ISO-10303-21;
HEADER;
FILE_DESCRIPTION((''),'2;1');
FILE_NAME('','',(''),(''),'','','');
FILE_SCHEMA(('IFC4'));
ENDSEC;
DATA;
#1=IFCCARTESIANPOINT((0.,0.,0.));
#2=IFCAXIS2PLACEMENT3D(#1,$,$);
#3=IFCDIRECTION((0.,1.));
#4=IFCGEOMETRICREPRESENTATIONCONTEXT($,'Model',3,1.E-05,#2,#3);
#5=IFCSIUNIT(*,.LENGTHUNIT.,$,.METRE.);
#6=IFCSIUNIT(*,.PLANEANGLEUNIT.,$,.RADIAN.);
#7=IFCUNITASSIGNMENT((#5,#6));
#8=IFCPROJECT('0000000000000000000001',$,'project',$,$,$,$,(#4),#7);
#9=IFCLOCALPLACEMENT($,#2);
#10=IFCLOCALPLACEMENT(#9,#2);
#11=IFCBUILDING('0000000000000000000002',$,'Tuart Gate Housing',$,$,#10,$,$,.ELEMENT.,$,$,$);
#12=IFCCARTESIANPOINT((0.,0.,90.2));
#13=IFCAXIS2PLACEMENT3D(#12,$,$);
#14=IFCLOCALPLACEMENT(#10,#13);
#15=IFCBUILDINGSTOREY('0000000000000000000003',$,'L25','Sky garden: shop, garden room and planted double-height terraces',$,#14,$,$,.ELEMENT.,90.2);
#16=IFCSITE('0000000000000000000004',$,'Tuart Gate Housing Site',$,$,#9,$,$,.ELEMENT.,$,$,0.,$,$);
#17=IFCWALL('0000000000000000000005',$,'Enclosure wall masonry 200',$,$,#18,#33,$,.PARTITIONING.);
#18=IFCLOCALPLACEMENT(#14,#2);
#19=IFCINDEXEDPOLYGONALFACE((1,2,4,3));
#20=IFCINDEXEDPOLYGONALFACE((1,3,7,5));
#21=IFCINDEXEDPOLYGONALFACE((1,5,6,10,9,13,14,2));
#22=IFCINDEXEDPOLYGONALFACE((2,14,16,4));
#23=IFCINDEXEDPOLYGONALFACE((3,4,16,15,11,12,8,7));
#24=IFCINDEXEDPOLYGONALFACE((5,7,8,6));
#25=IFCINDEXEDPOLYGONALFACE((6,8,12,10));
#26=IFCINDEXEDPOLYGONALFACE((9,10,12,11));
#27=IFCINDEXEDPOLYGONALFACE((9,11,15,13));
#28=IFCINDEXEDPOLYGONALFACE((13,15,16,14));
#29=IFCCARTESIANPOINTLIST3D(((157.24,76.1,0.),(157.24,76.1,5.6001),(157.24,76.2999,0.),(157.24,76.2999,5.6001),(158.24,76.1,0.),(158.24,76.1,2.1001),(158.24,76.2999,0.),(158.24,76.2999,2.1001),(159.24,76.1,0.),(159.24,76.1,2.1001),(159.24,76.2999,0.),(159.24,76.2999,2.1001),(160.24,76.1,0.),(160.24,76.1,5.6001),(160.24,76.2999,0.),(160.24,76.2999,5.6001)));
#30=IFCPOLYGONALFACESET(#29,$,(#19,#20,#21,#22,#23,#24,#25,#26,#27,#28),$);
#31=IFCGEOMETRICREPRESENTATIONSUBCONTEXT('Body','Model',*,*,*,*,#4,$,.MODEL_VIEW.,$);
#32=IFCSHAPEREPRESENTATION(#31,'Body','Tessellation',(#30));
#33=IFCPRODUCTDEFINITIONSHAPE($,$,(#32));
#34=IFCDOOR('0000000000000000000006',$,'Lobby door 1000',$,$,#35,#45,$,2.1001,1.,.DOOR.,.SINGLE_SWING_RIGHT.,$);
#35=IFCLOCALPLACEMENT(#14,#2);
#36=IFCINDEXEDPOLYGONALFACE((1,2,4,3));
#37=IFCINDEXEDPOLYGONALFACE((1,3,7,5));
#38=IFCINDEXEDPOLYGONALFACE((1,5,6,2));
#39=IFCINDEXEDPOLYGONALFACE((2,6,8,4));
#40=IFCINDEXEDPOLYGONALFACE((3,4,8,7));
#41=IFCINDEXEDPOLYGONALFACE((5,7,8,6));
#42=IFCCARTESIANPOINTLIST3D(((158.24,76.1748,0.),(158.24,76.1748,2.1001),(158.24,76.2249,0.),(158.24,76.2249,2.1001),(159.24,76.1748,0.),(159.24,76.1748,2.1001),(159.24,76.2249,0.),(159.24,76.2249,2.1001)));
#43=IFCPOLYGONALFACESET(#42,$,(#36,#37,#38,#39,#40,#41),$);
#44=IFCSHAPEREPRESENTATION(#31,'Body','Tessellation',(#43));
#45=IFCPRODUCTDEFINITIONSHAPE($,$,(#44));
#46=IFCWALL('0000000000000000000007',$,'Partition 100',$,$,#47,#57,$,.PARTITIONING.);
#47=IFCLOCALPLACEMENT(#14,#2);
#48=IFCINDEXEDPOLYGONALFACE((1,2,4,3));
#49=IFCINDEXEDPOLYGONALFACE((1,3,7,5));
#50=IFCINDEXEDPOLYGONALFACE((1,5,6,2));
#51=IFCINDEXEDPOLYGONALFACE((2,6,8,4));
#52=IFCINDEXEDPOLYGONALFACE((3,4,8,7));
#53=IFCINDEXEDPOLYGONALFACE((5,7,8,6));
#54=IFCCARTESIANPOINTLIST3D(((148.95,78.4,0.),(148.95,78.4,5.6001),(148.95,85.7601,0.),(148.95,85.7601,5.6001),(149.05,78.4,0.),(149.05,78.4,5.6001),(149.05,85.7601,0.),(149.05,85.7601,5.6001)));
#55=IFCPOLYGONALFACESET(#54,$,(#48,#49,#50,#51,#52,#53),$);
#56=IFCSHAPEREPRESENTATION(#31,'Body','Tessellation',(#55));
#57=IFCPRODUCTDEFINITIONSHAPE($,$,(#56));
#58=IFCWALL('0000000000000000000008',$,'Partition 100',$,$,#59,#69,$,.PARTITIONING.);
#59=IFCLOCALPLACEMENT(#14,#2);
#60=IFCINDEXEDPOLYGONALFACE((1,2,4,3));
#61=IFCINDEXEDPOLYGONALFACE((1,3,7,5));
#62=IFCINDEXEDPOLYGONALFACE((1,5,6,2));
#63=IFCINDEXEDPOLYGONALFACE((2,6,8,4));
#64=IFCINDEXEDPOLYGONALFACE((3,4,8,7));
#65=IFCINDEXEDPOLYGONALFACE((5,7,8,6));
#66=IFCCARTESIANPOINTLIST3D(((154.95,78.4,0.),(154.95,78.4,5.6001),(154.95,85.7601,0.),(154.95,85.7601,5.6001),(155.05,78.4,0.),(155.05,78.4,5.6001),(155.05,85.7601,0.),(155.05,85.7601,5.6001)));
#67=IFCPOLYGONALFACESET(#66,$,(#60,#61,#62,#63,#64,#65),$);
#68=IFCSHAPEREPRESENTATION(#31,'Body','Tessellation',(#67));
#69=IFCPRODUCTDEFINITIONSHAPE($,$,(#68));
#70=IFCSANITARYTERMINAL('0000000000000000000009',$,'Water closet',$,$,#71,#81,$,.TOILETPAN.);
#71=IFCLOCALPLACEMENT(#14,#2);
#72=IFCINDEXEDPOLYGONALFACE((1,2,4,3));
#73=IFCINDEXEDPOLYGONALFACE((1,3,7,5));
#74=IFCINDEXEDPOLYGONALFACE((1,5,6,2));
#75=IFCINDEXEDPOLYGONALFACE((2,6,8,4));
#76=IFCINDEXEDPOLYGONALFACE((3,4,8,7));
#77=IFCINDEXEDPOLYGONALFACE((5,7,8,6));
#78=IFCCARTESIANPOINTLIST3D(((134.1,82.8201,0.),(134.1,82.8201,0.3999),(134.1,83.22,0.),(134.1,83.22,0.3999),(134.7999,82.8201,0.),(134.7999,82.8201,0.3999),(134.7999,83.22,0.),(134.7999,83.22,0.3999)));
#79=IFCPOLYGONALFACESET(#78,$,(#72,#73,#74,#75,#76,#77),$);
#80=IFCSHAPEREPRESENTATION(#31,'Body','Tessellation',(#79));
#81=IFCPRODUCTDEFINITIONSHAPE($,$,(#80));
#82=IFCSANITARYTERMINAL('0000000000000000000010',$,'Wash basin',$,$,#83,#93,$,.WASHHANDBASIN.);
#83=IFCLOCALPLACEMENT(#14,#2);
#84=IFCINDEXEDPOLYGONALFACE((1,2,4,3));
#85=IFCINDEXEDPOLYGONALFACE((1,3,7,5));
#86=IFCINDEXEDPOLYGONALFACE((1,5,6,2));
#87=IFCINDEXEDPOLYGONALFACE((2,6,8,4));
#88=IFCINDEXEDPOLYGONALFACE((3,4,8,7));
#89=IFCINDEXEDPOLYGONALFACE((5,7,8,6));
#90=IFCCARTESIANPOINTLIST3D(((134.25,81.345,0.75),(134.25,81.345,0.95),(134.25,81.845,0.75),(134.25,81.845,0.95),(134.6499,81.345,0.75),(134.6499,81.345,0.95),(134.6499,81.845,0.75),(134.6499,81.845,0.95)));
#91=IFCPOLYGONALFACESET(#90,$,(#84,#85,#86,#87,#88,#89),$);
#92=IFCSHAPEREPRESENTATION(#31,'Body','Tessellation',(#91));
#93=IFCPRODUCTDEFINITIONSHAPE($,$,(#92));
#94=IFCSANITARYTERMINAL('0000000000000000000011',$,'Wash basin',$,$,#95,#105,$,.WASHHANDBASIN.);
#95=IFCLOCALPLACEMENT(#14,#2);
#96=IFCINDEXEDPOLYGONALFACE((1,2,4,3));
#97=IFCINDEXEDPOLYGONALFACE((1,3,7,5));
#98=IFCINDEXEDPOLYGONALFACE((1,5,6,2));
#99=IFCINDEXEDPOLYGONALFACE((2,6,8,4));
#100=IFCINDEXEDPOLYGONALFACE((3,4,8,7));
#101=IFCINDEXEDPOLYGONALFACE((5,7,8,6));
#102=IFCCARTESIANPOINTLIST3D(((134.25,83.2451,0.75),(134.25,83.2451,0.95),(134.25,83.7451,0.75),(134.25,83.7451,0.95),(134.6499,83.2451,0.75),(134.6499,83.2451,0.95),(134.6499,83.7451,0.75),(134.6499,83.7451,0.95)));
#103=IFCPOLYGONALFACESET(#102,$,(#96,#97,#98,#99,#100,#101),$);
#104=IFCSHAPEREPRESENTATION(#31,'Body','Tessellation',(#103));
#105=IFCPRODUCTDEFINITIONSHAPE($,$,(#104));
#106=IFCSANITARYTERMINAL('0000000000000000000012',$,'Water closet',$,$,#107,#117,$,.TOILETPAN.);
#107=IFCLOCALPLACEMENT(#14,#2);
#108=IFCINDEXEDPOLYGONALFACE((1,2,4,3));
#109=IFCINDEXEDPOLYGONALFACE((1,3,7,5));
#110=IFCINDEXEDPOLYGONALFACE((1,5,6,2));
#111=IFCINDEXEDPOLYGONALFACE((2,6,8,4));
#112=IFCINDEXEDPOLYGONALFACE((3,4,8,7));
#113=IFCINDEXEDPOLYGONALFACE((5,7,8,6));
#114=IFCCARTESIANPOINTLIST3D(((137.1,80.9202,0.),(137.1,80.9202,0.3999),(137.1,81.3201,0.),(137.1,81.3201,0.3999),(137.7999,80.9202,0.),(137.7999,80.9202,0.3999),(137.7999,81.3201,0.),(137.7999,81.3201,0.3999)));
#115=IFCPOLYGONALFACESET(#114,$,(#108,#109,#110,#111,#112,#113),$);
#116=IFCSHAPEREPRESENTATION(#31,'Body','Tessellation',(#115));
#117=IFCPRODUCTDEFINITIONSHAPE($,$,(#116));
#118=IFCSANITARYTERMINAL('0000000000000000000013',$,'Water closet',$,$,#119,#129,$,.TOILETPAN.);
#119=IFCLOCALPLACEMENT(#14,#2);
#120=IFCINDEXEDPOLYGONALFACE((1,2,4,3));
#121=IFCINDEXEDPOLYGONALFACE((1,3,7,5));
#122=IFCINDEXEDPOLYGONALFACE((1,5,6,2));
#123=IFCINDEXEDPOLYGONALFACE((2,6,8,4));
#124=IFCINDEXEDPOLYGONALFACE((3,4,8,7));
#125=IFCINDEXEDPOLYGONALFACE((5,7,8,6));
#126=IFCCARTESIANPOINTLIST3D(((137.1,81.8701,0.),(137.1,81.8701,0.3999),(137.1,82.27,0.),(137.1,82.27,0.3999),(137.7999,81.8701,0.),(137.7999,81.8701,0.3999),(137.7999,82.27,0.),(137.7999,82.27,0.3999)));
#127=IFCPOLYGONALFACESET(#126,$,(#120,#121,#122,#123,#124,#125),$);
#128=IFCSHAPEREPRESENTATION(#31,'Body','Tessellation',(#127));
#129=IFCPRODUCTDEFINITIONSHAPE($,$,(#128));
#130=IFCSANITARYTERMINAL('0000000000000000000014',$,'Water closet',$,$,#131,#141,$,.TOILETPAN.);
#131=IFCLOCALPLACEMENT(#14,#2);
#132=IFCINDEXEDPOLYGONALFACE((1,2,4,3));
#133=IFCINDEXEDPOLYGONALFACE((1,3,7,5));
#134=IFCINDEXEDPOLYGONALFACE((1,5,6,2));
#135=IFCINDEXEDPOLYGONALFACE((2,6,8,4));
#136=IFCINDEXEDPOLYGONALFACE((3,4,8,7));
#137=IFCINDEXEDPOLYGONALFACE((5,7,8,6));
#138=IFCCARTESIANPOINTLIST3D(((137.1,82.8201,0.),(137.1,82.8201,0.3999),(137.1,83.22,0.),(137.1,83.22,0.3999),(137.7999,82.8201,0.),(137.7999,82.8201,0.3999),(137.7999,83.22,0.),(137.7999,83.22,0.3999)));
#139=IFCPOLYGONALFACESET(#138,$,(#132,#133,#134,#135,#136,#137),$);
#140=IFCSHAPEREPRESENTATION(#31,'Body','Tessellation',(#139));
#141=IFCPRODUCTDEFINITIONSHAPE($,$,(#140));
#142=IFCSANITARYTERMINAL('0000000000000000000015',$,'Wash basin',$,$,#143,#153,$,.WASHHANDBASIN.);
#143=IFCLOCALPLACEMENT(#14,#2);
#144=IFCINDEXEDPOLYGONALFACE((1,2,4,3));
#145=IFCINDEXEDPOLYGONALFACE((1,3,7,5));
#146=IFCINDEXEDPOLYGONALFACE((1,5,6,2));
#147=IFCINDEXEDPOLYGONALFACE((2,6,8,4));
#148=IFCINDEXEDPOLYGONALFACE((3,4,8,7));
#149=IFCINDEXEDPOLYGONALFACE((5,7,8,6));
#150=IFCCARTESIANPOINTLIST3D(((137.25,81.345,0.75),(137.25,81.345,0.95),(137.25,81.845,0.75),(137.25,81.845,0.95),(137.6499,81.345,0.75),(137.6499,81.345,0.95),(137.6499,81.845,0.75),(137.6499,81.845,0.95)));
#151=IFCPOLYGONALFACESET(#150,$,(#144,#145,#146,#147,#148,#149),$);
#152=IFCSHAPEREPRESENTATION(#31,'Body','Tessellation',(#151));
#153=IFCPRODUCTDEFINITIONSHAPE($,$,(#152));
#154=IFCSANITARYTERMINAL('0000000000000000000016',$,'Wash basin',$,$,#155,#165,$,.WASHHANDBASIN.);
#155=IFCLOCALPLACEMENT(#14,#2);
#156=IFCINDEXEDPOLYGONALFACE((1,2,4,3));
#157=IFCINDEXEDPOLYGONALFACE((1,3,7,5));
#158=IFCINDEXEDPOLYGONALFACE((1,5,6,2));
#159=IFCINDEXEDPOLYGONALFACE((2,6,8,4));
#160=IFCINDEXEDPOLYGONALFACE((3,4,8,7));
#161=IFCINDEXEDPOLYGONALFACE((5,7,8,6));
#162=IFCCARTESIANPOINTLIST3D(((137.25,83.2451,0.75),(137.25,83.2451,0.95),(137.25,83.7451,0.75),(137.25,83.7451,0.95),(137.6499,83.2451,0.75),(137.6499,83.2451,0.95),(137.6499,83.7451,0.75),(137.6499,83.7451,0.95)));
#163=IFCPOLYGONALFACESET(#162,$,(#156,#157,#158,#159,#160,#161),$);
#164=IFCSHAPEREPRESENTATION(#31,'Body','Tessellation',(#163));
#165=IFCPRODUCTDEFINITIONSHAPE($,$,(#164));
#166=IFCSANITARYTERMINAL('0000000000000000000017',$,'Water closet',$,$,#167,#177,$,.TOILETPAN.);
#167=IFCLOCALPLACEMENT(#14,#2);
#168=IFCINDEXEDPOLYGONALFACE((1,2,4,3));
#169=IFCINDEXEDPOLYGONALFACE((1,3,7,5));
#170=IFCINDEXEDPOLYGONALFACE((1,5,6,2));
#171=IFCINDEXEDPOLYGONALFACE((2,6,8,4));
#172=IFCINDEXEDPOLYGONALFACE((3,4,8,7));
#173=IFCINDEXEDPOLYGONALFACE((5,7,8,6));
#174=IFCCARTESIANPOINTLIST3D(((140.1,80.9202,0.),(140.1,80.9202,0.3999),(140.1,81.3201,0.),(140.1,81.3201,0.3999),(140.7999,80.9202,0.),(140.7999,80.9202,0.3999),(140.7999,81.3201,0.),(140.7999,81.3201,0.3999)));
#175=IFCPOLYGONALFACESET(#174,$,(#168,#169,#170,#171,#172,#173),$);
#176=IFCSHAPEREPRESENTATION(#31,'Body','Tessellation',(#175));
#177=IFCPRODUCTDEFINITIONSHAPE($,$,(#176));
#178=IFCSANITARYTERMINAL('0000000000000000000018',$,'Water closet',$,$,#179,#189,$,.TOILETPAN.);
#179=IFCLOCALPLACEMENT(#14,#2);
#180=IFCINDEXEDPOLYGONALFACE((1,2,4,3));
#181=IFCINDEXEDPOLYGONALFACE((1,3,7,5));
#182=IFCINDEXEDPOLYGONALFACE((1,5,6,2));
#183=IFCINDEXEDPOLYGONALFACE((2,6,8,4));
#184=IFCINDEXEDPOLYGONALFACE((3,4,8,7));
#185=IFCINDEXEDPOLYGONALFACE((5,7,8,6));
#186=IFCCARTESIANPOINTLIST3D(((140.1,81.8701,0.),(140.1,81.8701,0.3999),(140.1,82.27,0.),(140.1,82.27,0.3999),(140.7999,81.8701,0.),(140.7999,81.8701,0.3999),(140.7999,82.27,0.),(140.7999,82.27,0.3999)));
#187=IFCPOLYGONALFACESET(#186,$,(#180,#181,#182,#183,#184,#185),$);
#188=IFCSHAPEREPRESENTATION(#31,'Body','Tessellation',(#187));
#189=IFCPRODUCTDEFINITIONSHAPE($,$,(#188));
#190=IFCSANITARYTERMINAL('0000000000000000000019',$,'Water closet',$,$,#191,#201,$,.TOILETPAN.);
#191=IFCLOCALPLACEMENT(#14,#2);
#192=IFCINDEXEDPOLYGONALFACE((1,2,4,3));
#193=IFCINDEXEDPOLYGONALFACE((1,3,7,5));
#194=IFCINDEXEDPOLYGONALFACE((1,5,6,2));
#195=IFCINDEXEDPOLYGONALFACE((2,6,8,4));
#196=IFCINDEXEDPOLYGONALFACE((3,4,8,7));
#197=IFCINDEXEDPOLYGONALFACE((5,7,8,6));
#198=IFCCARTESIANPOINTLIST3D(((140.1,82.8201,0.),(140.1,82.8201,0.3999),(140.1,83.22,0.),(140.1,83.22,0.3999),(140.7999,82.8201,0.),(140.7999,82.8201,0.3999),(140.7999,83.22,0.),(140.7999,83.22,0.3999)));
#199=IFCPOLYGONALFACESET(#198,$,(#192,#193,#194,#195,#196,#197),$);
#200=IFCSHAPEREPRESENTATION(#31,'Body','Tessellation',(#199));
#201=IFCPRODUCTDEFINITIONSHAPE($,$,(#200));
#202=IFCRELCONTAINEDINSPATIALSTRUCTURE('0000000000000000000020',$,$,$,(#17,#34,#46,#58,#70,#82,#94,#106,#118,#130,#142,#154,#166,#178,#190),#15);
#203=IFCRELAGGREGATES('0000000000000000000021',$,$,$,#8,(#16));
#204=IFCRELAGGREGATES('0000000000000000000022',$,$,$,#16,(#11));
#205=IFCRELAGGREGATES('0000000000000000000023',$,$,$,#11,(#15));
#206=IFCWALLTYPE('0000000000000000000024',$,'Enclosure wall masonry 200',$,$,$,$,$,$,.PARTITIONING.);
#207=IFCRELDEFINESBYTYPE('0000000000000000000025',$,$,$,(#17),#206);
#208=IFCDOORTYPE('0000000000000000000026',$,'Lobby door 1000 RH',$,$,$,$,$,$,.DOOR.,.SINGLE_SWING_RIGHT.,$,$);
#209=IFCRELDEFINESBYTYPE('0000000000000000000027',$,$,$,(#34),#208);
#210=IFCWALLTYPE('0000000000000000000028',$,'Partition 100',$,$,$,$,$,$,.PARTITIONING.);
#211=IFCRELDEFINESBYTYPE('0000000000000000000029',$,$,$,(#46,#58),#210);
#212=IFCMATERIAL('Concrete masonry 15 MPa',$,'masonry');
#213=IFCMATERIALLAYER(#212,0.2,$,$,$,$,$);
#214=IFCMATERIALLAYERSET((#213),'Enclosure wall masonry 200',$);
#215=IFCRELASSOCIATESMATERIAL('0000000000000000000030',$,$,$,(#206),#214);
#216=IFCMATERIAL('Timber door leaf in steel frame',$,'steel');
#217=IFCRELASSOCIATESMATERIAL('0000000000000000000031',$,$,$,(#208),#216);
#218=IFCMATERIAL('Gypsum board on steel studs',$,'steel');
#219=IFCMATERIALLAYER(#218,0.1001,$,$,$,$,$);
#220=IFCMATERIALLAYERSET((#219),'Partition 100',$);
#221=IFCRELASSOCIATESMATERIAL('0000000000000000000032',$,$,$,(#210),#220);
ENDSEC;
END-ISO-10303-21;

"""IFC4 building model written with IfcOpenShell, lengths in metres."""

from ifc_helpers import new_model, si_unit, direction, frame, frame_2d, origin, origin_2d, place, context, subcontext, project, spatial, rectangle, extrude, material, layer, layer_set, type_object, element, fill, save


model = new_model("IFC4")

# Units and contexts
model_context = context("Model", 3, precision=1e-05, world=origin(), true_north=direction((0.0, 1.0)))
body_context = subcontext(model_context, "Body", "Model", "MODEL_VIEW")
ifc_project = project(units=[si_unit("LENGTHUNIT", "METRE"), si_unit("PLANEANGLEUNIT", "RADIAN")], contexts=[model_context])

# Site, building, storey
site_placement = place(None, origin())
site = spatial("IfcSite", under=ifc_project, at=site_placement, Name="Tuart Gate Housing Site", CompositionType="ELEMENT", RefElevation=0.0)
building_placement = place(site_placement, origin())
building = spatial("IfcBuilding", under=site, at=building_placement, Name="Tuart Gate Housing", CompositionType="ELEMENT")
storey_placement = place(building_placement, frame((0.0, 0.0, 90.2)))
storey = spatial("IfcBuildingStorey", under=building, at=storey_placement, Name="L25", Description="Sky garden: shop, garden room and planted double-height terraces", CompositionType="ELEMENT", Elevation=90.2)

# Wall, opening, door
ifc_material_1 = material(Name="Concrete masonry 15 MPa", Category="masonry")
ifc_layer_1 = layer(ifc_material_1, 0.2)
ifc_layer_set_1 = layer_set([ifc_layer_1], Name="Enclosure wall masonry 200")
wall_type_1 = type_object("IfcWallType", Name="Enclosure wall masonry 200", PredefinedType="PARTITIONING", material=ifc_layer_set_1)
wall_1_placement = place(storey_placement, frame((157.24, 76.2, 0.0), z_axis=(0.0, 0.0, 1.0), x_axis=(1.0, 0.0, 0.0)))
wall_1 = element("IfcWall", 1, at=wall_1_placement, inside=storey, type_object=wall_type_1, Name="Enclosure wall masonry 200", PredefinedType="PARTITIONING", context=body_context, shape_type="SweptSolid", body=[
    extrude(rectangle(XDim=3.0, YDim=0.2, at=frame_2d((1.5, 0.0))), origin(), (0.0, 0.0, 1.0), 5.6001),
])
opening_1_placement = place(wall_1_placement, frame((1.0, 0.0, 0.0)))
opening_1 = element("IfcOpeningElement", 2, at=opening_1_placement, cuts=wall_1, PredefinedType="OPENING", context=body_context, shape_type="SweptSolid", body=[
    extrude(rectangle(XDim=1.0, YDim=2.1001, at=frame_2d((0.5, 1.05))), frame((0.0, 0.1099, 0.0), z_axis=(0.0, -1.0, 0.0), x_axis=(1.0, 0.0, 0.0)), (0.0, 0.0, 1.0), 0.22),
])
ifc_material_2 = material(Name="Timber door leaf in steel frame", Category="steel")
door_type_1 = type_object("IfcDoorType", Name="Lobby door 1000 RH", OperationType="SINGLE_SWING_RIGHT", PredefinedType="DOOR", material=ifc_material_2)
door_1_placement = place(opening_1_placement, frame((1.0, 0.0, 0.0), z_axis=(0.0, 0.0, 1.0), x_axis=(-1.0, 0.0, 0.0)))
door_1 = element("IfcDoor", 3, at=door_1_placement, inside=storey, type_object=door_type_1, Name="Lobby door 1000", OperationType="SINGLE_SWING_RIGHT", OverallHeight=2.1001, OverallWidth=1.0, PredefinedType="DOOR", context=body_context, shape_type="SweptSolid", body=[
    extrude(rectangle(XDim=1.0, YDim=2.1001, at=frame_2d((0.5, 1.05))), frame((0.0, 0.0251, 0.0), z_axis=(0.0, -1.0, 0.0), x_axis=(1.0, 0.0, 0.0)), (0.0, 0.0, 1.0), 0.05),
])
fill(opening_1, door_1)

# Walls
ifc_material_3 = material(Name="Gypsum board on steel studs", Category="steel")
ifc_layer_2 = layer(ifc_material_3, 0.1001)
ifc_layer_set_2 = layer_set([ifc_layer_2], Name="Partition 100")
wall_type_2 = type_object("IfcWallType", Name="Partition 100", PredefinedType="PARTITIONING", material=ifc_layer_set_2)
for number, where, z_axis, x_axis, name in (
    (4, (149.0, 78.3999, 0.0), (0.0, 0.0, 1.0), (0.0, 1.0, 0.0), "Partition 100"),
    (5, (155.0, 78.3999, 0.0), (0.0, 0.0, 1.0), (0.0, 1.0, 0.0), "Partition 100"),
):
    element("IfcWall", number, at=place(storey_placement, frame(where, z_axis=z_axis, x_axis=x_axis)), inside=storey, type_object=wall_type_2, Name=name, PredefinedType="PARTITIONING", context=body_context, shape_type="SweptSolid", body=[
        extrude(rectangle(XDim=7.3601, YDim=0.1001, at=frame_2d((3.6802, 0.0))), origin(), (0.0, 0.0, 1.0), 5.6001),
    ])

# Sanitary terminals
sanitary_terminal_placement = place(storey_placement, frame((134.45, 83.02, 0.0), z_axis=(0.0, 0.0, 1.0), x_axis=(1.0, 0.0, 0.0)))
element("IfcSanitaryTerminal", 6, at=sanitary_terminal_placement, inside=storey, Name="Water closet", PredefinedType="TOILETPAN", context=body_context, shape_type="SweptSolid", body=[
    extrude(rectangle(XDim=0.7, YDim=0.3999, at=origin_2d()), origin(), (0.0, 0.0, 1.0), 0.3999),
])
for number, where, z_axis, x_axis, name in (
    (7, (134.45, 81.595, 0.75), (0.0, 0.0, 1.0), (1.0, 0.0, 0.0), "Wash basin"),
    (8, (134.45, 83.4951, 0.75), (0.0, 0.0, 1.0), (1.0, 0.0, 0.0), "Wash basin"),
):
    element("IfcSanitaryTerminal", number, at=place(storey_placement, frame(where, z_axis=z_axis, x_axis=x_axis)), inside=storey, Name=name, PredefinedType="WASHHANDBASIN", context=body_context, shape_type="SweptSolid", body=[
        extrude(rectangle(XDim=0.3999, YDim=0.5, at=origin_2d()), origin(), (0.0, 0.0, 1.0), 0.2),
    ])
for number, where, z_axis, x_axis, name in (
    (9, (137.45, 81.1201, 0.0), (0.0, 0.0, 1.0), (1.0, 0.0, 0.0), "Water closet"),
    (10, (137.45, 82.0701, 0.0), (0.0, 0.0, 1.0), (1.0, 0.0, 0.0), "Water closet"),
    (11, (137.45, 83.02, 0.0), (0.0, 0.0, 1.0), (1.0, 0.0, 0.0), "Water closet"),
):
    element("IfcSanitaryTerminal", number, at=place(storey_placement, frame(where, z_axis=z_axis, x_axis=x_axis)), inside=storey, Name=name, PredefinedType="TOILETPAN", context=body_context, shape_type="SweptSolid", body=[
        extrude(rectangle(XDim=0.7, YDim=0.3999, at=origin_2d()), origin(), (0.0, 0.0, 1.0), 0.3999),
    ])
for number, where, z_axis, x_axis, name in (
    (12, (137.45, 81.595, 0.75), (0.0, 0.0, 1.0), (1.0, 0.0, 0.0), "Wash basin"),
    (13, (137.45, 83.4951, 0.75), (0.0, 0.0, 1.0), (1.0, 0.0, 0.0), "Wash basin"),
):
    element("IfcSanitaryTerminal", number, at=place(storey_placement, frame(where, z_axis=z_axis, x_axis=x_axis)), inside=storey, Name=name, PredefinedType="WASHHANDBASIN", context=body_context, shape_type="SweptSolid", body=[
        extrude(rectangle(XDim=0.3999, YDim=0.5, at=origin_2d()), origin(), (0.0, 0.0, 1.0), 0.2),
    ])
for number, where, z_axis, x_axis, name in (
    (14, (140.45, 81.1201, 0.0), (0.0, 0.0, 1.0), (1.0, 0.0, 0.0), "Water closet"),
    (15, (140.45, 82.0701, 0.0), (0.0, 0.0, 1.0), (1.0, 0.0, 0.0), "Water closet"),
    (16, (140.45, 83.02, 0.0), (0.0, 0.0, 1.0), (1.0, 0.0, 0.0), "Water closet"),
):
    element("IfcSanitaryTerminal", number, at=place(storey_placement, frame(where, z_axis=z_axis, x_axis=x_axis)), inside=storey, Name=name, PredefinedType="TOILETPAN", context=body_context, shape_type="SweptSolid", body=[
        extrude(rectangle(XDim=0.7, YDim=0.3999, at=origin_2d()), origin(), (0.0, 0.0, 1.0), 0.3999),
    ])

save(model, "model.ifc")
